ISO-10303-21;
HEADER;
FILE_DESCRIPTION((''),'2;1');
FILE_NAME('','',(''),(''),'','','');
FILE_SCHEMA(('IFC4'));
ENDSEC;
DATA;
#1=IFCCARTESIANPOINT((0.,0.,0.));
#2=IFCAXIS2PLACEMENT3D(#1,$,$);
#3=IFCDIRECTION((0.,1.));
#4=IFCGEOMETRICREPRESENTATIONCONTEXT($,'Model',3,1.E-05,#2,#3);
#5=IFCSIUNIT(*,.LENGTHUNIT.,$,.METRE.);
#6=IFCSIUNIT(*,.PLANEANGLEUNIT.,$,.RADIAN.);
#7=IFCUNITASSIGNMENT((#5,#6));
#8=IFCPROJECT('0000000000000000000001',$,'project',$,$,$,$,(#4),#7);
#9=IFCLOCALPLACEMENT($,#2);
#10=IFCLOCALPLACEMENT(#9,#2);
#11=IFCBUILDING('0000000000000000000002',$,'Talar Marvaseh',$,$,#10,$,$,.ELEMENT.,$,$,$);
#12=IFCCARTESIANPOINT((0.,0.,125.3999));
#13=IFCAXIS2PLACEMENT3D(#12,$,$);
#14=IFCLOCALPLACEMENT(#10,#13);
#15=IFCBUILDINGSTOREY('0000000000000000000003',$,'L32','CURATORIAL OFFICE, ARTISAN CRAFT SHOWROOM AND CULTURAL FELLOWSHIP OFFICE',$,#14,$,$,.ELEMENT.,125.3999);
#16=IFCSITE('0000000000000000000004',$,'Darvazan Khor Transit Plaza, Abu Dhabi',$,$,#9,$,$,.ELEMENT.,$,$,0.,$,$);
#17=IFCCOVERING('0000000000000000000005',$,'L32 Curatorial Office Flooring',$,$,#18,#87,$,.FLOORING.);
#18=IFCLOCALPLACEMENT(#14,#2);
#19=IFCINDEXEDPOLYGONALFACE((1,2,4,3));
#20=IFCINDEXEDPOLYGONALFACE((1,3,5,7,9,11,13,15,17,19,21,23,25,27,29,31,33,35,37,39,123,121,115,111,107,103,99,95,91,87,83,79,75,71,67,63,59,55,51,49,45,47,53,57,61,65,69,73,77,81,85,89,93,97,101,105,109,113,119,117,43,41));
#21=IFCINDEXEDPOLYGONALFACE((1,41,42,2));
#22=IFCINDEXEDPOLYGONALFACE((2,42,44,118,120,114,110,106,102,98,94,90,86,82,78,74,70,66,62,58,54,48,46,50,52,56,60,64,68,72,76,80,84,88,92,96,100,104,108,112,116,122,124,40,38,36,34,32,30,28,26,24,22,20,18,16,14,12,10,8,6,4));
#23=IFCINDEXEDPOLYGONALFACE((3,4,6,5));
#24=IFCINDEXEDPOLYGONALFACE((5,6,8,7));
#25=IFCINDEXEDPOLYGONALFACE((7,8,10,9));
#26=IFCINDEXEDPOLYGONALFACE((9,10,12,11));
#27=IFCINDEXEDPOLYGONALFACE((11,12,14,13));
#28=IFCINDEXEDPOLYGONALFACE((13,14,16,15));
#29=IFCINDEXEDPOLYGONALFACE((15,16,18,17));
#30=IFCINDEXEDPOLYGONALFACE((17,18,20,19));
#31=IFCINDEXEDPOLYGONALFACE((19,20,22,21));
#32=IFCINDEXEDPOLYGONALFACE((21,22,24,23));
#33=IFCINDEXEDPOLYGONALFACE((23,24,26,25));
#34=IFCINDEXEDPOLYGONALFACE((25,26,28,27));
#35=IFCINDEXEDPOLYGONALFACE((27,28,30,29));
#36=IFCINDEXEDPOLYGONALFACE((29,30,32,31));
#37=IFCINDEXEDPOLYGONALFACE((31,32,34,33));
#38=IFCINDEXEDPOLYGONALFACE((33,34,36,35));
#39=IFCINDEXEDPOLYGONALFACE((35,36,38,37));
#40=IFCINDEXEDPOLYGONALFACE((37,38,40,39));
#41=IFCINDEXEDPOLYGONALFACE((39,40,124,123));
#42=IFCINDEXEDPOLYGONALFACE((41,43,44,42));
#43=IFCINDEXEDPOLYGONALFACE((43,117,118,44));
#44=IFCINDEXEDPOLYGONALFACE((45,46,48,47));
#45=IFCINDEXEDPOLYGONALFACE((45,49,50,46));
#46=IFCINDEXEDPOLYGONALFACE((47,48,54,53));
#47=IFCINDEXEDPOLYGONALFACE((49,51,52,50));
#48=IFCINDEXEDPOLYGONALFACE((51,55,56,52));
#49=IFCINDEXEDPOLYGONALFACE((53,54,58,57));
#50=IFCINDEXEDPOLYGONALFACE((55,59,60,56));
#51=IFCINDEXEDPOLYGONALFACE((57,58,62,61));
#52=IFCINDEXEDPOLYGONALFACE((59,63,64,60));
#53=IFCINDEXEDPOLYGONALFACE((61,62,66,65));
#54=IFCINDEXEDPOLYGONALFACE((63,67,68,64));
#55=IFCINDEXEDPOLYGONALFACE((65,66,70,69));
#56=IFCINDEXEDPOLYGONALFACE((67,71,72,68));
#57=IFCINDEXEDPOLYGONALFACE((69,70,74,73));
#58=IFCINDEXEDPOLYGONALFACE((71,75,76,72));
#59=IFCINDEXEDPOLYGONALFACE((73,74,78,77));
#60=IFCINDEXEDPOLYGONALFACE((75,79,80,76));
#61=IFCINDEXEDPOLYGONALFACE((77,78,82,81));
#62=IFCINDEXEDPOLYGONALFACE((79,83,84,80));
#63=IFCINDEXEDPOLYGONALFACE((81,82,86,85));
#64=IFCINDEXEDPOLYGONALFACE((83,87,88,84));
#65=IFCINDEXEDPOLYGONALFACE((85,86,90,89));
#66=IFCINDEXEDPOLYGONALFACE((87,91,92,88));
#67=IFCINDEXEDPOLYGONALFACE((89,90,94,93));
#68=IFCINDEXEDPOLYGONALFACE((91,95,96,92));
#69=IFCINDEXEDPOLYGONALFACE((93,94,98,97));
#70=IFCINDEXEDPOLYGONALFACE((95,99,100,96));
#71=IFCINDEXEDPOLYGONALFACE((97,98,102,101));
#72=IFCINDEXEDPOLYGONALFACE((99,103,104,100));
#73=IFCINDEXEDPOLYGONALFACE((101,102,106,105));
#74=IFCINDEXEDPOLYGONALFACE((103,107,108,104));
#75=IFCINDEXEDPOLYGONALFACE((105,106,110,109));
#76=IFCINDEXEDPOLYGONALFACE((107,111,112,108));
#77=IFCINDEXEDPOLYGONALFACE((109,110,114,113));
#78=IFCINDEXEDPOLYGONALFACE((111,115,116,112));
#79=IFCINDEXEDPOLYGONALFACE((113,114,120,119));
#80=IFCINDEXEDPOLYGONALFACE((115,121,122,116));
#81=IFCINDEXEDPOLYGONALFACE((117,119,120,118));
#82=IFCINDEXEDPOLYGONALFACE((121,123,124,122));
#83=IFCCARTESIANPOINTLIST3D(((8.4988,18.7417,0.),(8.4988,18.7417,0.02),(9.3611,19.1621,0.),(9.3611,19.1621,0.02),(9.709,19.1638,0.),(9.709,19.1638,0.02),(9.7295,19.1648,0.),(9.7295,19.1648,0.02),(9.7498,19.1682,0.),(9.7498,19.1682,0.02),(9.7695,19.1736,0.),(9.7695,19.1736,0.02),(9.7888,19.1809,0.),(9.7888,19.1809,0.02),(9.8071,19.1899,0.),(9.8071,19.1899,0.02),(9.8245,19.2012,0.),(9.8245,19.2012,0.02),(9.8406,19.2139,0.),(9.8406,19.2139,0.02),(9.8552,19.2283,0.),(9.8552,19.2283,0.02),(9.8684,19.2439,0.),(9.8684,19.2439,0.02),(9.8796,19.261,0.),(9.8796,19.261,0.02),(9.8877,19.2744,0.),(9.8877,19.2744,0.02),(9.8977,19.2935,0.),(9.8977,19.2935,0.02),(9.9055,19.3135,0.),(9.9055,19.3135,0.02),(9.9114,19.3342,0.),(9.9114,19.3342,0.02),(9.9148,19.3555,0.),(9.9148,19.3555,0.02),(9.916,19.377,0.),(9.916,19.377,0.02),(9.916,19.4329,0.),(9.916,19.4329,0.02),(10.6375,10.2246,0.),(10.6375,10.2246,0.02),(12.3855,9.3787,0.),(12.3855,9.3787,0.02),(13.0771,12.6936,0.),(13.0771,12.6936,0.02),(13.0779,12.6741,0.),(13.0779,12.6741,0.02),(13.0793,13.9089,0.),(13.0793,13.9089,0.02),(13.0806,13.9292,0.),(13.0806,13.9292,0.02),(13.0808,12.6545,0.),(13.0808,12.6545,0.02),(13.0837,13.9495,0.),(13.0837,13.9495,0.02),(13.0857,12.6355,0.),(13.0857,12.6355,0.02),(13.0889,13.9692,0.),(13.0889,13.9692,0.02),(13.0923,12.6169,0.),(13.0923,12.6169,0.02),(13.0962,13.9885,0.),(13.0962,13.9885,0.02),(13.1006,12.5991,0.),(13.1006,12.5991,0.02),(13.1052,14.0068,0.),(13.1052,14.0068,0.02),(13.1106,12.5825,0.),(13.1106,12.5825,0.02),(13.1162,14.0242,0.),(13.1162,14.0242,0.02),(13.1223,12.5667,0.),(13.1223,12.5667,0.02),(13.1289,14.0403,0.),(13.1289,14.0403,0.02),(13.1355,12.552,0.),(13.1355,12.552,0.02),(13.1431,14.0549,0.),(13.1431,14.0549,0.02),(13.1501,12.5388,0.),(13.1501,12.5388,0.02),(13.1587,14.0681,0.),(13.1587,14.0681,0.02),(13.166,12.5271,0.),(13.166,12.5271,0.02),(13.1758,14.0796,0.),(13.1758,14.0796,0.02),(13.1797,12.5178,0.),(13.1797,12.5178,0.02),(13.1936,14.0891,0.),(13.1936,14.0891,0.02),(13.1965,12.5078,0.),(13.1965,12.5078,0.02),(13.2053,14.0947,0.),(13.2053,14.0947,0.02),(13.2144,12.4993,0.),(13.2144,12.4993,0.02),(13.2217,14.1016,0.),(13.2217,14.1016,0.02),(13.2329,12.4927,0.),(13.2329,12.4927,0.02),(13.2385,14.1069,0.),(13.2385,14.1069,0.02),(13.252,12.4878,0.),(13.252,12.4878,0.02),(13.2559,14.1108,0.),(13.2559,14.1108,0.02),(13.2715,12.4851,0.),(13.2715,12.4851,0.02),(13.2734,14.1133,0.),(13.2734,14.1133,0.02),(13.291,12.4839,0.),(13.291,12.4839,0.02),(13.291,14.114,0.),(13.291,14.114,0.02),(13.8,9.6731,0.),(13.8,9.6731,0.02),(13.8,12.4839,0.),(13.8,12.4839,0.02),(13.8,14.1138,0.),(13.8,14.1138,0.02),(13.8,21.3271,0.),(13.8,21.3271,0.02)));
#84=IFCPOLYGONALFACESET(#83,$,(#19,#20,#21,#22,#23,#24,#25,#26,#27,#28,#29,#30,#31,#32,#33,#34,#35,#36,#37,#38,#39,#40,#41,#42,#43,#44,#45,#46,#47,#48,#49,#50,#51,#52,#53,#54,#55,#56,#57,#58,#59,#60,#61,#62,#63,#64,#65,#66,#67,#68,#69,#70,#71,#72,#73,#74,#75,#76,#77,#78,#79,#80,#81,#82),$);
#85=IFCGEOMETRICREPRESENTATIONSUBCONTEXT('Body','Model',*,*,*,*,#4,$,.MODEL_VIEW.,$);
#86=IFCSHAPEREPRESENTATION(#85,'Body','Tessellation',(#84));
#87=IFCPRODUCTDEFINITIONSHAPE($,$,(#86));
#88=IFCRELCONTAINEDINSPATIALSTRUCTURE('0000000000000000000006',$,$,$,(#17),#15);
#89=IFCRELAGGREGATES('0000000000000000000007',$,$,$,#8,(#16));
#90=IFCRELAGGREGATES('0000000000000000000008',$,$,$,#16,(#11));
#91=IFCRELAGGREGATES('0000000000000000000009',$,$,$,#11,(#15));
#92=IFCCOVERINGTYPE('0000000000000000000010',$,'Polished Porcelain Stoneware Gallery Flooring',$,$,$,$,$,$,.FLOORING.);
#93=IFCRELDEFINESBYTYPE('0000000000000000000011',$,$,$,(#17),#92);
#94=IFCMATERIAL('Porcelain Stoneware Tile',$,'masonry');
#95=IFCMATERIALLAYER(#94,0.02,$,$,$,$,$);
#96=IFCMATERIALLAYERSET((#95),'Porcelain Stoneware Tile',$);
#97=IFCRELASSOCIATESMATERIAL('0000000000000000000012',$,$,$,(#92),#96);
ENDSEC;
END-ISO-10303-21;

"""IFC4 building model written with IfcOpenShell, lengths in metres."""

from ifc_helpers import new_model, si_unit, direction, frame, origin, place, context, subcontext, project, spatial, polyline, outline, extrude, material, layer, layer_set, type_object, element, save


model = new_model("IFC4")

# Units and contexts
model_context = context("Model", 3, precision=1e-05, world=origin(), true_north=direction((0.0, 1.0)))
body_context = subcontext(model_context, "Body", "Model", "MODEL_VIEW")
ifc_project = project(units=[si_unit("LENGTHUNIT", "METRE"), si_unit("PLANEANGLEUNIT", "RADIAN")], contexts=[model_context])

# Site, building, storey
site_placement = place(None, origin())
site = spatial("IfcSite", under=ifc_project, at=site_placement, Name="Darvazan Khor Transit Plaza, Abu Dhabi", CompositionType="ELEMENT", RefElevation=0.0)
building_placement = place(site_placement, origin())
building = spatial("IfcBuilding", under=site, at=building_placement, Name="Talar Marvaseh", CompositionType="ELEMENT")
storey_placement = place(building_placement, frame((0.0, 0.0, 125.3999)))
storey = spatial("IfcBuildingStorey", under=building, at=storey_placement, Name="L32", Description="CURATORIAL OFFICE, ARTISAN CRAFT SHOWROOM AND CULTURAL FELLOWSHIP OFFICE", CompositionType="ELEMENT", Elevation=125.3999)

# Covering
ifc_material_1 = material(Name="Porcelain Stoneware Tile", Category="masonry")
ifc_layer_1 = layer(ifc_material_1, 0.02)
ifc_layer_set_1 = layer_set([ifc_layer_1], Name="Porcelain Stoneware Tile")
covering_type_1 = type_object("IfcCoveringType", Name="Polished Porcelain Stoneware Gallery Flooring", PredefinedType="FLOORING", material=ifc_layer_set_1)
covering_1_placement = place(storey_placement, origin())
element("IfcCovering", 1, at=covering_1_placement, inside=storey, type_object=covering_type_1, Name="L32 Curatorial Office Flooring", PredefinedType="FLOORING", context=body_context, shape_type="SweptSolid", body=[
    extrude(outline(polyline([(9.3611, 19.1621), (9.709, 19.1638), (9.7295, 19.1648), (9.7498, 19.1682), (9.7695, 19.1736), (9.7888, 19.1809), (9.8071, 19.1899), (9.8245, 19.2012), (9.8406, 19.2139), (9.8552, 19.2283), (9.8684, 19.2439), (9.8796, 19.261), (9.8877, 19.2744), (9.8977, 19.2935), (9.9055, 19.3135), (9.9114, 19.3342), (9.9148, 19.3555), (9.916, 19.377), (9.916, 19.4329), (13.8, 21.3271), (13.8, 14.1138), (13.291, 14.114), (13.2734, 14.1133), (13.2559, 14.1108), (13.2385, 14.1069), (13.2217, 14.1016), (13.2053, 14.0947), (13.1936, 14.0891), (13.1758, 14.0796), (13.1587, 14.0681), (13.1431, 14.0549), (13.1289, 14.0403), (13.1162, 14.0242), (13.1052, 14.0068), (13.0962, 13.9885), (13.0889, 13.9692), (13.0837, 13.9495), (13.0806, 13.9292), (13.0793, 13.9089), (13.0771, 12.6936), (13.0779, 12.6741), (13.0808, 12.6545), (13.0857, 12.6355), (13.0923, 12.6169), (13.1006, 12.5991), (13.1106, 12.5825), (13.1223, 12.5667), (13.1355, 12.552), (13.1501, 12.5388), (13.166, 12.5271), (13.1797, 12.5178), (13.1965, 12.5078), (13.2144, 12.4993), (13.2329, 12.4927), (13.252, 12.4878), (13.2715, 12.4851), (13.291, 12.4839), (13.8, 12.4839), (13.8, 9.6731), (12.3855, 9.3787), (10.6375, 10.2246), (8.4988, 18.7417), (9.3611, 19.1621)])), origin(), (0.0, 0.0, 1.0), 0.02),
])

save(model, "model.ifc")
